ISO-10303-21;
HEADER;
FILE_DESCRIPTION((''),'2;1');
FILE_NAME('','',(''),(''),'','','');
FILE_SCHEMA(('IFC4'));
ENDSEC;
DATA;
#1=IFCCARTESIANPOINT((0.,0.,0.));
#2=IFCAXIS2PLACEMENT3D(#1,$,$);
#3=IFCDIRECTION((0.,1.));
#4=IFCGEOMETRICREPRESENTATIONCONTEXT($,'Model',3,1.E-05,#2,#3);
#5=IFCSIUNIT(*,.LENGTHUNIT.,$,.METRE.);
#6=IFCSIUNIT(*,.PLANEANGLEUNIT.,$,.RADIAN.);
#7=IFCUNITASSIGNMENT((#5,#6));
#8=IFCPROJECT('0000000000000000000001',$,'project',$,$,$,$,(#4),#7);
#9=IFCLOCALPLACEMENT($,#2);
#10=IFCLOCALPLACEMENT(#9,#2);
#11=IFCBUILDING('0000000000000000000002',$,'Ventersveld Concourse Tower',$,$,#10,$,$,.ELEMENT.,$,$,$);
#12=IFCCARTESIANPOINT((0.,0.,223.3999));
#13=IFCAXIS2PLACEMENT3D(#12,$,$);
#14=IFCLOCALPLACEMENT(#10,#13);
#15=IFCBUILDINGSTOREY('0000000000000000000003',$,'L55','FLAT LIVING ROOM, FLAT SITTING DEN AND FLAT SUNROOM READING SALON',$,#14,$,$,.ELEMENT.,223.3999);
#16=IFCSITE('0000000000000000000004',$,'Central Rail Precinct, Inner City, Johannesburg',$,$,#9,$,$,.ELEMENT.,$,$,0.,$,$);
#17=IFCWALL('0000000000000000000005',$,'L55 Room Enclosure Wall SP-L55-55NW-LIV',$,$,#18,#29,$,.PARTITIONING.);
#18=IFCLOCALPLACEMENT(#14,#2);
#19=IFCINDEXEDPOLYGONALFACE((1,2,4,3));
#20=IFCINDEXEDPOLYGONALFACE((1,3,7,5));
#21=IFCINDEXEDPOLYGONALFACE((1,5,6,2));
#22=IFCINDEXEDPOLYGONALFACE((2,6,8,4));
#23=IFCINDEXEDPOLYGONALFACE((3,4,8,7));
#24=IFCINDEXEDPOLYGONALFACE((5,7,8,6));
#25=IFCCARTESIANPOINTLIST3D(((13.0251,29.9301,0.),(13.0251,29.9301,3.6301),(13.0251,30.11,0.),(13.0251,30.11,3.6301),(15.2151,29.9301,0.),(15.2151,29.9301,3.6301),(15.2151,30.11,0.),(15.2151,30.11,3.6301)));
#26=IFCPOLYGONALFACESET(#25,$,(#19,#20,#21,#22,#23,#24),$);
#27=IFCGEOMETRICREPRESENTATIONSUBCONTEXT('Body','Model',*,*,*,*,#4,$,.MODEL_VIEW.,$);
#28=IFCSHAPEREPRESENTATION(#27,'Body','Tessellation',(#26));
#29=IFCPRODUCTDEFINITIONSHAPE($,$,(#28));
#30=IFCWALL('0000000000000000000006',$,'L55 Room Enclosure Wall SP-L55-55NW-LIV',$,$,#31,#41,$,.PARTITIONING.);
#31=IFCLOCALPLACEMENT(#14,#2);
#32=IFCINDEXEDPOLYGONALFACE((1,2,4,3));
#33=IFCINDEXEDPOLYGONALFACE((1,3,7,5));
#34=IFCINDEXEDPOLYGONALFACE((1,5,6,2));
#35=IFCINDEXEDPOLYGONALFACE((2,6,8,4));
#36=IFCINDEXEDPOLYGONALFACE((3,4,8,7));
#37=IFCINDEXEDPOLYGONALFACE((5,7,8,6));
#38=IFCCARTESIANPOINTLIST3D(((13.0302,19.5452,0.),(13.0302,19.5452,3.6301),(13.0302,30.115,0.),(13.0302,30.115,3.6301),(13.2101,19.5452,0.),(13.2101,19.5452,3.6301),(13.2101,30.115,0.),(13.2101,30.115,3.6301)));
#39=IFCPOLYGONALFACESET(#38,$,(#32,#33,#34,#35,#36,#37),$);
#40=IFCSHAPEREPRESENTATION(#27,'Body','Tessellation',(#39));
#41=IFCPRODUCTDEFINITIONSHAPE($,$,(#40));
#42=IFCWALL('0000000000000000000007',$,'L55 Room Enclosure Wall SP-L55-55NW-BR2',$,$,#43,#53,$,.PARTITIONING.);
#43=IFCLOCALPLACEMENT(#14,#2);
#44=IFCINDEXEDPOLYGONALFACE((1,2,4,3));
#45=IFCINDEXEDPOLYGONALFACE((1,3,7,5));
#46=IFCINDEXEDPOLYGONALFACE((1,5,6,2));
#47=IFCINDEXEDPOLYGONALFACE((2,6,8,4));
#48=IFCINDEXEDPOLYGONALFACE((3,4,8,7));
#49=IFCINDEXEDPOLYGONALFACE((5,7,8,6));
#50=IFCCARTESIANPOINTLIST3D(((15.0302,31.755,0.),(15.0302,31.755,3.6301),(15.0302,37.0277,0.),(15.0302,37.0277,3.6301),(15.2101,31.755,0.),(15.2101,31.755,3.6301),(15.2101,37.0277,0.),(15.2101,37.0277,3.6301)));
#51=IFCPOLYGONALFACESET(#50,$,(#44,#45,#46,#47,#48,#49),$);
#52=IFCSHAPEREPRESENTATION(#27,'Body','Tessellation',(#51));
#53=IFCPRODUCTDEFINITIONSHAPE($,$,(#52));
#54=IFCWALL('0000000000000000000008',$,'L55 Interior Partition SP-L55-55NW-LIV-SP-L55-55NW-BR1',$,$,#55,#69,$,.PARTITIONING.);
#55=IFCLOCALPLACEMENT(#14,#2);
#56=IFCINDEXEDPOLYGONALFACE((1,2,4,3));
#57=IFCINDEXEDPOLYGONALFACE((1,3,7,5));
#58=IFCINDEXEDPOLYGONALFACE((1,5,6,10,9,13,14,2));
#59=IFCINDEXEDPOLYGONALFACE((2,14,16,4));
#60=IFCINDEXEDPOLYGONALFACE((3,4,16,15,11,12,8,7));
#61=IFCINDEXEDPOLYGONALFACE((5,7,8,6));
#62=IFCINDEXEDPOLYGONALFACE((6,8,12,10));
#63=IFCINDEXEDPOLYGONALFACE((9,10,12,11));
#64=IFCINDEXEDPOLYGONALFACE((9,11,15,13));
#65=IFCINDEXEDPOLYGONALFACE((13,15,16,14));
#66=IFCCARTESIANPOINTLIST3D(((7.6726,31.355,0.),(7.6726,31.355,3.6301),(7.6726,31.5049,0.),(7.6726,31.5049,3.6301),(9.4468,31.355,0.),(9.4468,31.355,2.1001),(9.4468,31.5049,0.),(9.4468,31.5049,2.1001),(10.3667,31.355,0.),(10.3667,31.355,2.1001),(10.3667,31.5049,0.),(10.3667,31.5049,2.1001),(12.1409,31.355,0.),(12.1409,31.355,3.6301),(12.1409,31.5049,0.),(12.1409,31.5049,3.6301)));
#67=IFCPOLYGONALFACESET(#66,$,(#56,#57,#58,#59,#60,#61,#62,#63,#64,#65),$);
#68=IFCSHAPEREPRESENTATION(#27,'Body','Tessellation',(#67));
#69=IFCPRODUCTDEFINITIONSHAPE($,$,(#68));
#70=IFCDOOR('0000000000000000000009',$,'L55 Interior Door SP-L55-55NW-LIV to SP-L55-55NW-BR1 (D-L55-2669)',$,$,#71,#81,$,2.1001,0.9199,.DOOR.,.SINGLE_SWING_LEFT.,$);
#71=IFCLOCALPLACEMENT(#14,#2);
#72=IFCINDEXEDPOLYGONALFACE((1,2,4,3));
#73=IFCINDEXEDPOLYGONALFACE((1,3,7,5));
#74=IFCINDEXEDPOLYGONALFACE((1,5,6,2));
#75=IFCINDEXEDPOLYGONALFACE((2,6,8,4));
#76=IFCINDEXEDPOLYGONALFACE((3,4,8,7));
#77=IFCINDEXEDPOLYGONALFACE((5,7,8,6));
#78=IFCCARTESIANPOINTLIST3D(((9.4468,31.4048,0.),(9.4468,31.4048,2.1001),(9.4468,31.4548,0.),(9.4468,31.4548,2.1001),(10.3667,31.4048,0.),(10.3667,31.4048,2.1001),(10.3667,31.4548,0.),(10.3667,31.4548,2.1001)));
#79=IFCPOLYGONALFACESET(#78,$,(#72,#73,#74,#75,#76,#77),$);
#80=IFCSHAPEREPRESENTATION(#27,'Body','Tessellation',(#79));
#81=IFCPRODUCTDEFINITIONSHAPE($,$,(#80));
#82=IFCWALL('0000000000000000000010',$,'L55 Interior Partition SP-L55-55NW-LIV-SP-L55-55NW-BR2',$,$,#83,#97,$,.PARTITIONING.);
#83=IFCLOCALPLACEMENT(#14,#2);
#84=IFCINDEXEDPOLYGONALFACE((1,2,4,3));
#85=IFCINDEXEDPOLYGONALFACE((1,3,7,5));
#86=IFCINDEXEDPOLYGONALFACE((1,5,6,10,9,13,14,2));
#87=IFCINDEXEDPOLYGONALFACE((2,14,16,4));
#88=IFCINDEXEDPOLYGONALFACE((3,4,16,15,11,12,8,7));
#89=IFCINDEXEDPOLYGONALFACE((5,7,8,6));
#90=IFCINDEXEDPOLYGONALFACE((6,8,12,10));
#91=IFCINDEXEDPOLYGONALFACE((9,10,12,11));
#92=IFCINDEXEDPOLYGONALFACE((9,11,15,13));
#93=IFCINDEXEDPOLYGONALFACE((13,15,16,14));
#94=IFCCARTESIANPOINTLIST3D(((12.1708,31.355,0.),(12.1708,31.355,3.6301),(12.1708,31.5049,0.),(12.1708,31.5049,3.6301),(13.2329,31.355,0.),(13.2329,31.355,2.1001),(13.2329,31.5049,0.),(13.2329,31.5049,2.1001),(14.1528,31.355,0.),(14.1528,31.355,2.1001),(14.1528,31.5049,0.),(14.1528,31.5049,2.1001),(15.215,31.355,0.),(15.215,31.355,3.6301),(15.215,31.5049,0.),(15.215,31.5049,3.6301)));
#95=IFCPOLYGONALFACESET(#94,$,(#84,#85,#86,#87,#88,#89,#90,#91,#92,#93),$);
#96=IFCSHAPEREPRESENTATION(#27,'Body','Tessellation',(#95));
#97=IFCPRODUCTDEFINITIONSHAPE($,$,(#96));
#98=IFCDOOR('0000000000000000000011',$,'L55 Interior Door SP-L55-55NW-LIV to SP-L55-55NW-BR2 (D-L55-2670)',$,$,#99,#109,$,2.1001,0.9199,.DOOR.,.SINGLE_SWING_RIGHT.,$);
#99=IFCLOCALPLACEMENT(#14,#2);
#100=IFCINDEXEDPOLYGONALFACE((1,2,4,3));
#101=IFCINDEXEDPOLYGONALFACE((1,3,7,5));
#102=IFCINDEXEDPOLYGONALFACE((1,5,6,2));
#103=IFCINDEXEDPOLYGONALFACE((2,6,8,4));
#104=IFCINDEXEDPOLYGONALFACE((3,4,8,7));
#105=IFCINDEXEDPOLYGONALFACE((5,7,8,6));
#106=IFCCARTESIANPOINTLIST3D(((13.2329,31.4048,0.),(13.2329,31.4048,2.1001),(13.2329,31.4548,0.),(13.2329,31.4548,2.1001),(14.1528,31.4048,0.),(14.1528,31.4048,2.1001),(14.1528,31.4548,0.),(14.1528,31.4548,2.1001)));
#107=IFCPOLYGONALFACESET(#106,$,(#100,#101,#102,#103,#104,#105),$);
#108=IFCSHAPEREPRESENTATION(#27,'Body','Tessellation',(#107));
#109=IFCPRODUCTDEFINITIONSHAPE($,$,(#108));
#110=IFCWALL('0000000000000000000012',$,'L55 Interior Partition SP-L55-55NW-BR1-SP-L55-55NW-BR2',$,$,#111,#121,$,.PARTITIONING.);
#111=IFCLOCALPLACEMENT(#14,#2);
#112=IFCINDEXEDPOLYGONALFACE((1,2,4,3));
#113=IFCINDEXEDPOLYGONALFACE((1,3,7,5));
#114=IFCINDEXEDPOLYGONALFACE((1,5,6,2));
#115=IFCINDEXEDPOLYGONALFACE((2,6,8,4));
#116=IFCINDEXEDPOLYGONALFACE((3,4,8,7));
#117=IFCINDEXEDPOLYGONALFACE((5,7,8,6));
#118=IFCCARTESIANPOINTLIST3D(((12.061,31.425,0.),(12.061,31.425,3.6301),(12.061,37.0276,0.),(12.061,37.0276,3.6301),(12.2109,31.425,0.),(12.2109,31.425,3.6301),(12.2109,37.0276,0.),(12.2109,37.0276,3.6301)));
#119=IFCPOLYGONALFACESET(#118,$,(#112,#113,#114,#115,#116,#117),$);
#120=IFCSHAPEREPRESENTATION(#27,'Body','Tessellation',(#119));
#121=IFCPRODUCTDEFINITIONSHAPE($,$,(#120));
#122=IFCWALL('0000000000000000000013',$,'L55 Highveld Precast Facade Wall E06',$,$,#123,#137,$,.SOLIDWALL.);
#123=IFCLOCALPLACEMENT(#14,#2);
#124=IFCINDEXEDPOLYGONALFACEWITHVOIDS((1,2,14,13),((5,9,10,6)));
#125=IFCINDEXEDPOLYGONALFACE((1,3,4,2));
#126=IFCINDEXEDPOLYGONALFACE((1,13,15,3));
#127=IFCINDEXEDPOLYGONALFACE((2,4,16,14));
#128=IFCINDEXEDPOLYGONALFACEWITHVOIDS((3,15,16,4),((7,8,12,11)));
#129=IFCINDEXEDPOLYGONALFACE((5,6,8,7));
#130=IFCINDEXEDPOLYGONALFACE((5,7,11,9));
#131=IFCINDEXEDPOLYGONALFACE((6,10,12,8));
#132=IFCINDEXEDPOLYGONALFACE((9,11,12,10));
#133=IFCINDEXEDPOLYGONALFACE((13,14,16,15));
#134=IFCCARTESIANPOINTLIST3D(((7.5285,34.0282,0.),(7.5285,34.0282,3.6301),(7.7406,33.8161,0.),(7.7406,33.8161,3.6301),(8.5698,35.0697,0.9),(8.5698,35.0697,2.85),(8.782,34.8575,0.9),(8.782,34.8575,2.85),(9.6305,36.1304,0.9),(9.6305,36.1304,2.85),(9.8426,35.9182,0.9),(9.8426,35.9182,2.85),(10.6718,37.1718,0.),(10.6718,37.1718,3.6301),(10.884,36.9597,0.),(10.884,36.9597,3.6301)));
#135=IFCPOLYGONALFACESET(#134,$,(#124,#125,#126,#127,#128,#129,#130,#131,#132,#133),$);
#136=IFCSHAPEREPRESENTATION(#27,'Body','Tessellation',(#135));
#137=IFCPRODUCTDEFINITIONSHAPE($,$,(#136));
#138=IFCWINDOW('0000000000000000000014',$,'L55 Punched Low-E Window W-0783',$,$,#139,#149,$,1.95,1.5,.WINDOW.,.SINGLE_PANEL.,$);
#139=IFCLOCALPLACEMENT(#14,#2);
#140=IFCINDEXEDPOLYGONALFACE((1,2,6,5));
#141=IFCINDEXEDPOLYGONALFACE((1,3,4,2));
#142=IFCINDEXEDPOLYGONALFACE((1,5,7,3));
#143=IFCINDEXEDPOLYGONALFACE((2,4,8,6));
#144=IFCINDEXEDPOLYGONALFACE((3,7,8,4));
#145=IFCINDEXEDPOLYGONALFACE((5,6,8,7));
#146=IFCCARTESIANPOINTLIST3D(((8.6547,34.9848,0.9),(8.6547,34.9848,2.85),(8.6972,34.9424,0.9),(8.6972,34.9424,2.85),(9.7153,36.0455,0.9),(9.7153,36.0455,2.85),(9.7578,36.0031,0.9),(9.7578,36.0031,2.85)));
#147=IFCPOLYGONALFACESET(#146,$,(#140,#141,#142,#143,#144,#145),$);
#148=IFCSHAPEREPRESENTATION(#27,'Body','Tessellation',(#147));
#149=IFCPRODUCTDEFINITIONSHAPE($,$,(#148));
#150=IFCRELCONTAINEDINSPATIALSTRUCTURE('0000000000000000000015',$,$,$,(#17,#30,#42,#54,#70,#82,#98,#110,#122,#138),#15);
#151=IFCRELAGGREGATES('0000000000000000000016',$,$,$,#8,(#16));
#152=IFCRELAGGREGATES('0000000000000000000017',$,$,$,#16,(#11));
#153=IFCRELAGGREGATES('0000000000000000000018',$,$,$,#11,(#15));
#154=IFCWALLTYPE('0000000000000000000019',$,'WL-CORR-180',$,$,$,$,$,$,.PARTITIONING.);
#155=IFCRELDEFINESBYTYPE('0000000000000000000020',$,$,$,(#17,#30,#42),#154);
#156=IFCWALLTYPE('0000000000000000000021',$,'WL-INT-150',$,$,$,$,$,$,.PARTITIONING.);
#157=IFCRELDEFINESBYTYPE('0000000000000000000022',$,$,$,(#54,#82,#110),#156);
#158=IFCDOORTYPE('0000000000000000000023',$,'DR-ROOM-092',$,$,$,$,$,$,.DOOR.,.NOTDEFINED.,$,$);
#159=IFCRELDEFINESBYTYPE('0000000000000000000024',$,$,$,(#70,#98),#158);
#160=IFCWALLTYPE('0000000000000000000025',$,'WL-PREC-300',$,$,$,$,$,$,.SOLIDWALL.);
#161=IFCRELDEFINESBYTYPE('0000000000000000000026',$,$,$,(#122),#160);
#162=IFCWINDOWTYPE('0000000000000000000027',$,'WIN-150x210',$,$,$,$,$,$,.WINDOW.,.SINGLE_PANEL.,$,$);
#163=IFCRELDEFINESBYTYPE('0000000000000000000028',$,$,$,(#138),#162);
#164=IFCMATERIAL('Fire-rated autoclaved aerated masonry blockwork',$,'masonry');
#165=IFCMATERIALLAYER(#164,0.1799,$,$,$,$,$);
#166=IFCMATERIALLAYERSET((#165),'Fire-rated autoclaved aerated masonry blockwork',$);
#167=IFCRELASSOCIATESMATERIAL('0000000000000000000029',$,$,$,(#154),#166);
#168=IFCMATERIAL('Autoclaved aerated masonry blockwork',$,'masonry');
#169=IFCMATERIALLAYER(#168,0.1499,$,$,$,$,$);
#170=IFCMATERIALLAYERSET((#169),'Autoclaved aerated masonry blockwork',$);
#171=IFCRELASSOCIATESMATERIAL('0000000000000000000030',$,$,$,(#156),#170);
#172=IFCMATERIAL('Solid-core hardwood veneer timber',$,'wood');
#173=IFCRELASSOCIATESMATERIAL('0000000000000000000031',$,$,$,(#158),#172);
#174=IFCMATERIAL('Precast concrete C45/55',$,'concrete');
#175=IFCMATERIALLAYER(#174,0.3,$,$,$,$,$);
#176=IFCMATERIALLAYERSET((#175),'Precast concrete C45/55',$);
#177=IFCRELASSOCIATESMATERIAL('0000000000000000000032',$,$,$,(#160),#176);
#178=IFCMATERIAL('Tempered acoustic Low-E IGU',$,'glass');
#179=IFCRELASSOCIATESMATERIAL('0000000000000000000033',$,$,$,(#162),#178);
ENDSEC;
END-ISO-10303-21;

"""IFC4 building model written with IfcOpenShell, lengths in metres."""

from ifc_helpers import new_model, si_unit, direction, frame, frame_2d, origin, place, context, subcontext, project, spatial, rectangle, extrude, material, layer, layer_set, type_object, element, fill, save


model = new_model("IFC4")

# Units and contexts
model_context = context("Model", 3, precision=1e-05, world=origin(), true_north=direction((0.0, 1.0)))
body_context = subcontext(model_context, "Body", "Model", "MODEL_VIEW")
ifc_project = project(units=[si_unit("LENGTHUNIT", "METRE"), si_unit("PLANEANGLEUNIT", "RADIAN")], contexts=[model_context])

# Site, building, storey
site_placement = place(None, origin())
site = spatial("IfcSite", under=ifc_project, at=site_placement, Name="Central Rail Precinct, Inner City, Johannesburg", CompositionType="ELEMENT", RefElevation=0.0)
building_placement = place(site_placement, origin())
building = spatial("IfcBuilding", under=site, at=building_placement, Name="Ventersveld Concourse Tower", CompositionType="ELEMENT")
storey_placement = place(building_placement, frame((0.0, 0.0, 223.3999)))
storey = spatial("IfcBuildingStorey", under=building, at=storey_placement, Name="L55", Description="FLAT LIVING ROOM, FLAT SITTING DEN AND FLAT SUNROOM READING SALON", CompositionType="ELEMENT", Elevation=223.3999)

# Walls
ifc_material_1 = material(Name="Fire-rated autoclaved aerated masonry blockwork", Category="masonry")
ifc_layer_1 = layer(ifc_material_1, 0.1799)
ifc_layer_set_1 = layer_set([ifc_layer_1], Name="Fire-rated autoclaved aerated masonry blockwork")
wall_type_1 = type_object("IfcWallType", Name="WL-CORR-180", PredefinedType="PARTITIONING", material=ifc_layer_set_1)
wall_1_placement = place(storey_placement, frame((15.2151, 30.02, 0.0), z_axis=(0.0, 0.0, 1.0), x_axis=(-1.0, 0.0, 0.0)))
element("IfcWall", 1, at=wall_1_placement, inside=storey, type_object=wall_type_1, Name="L55 Room Enclosure Wall SP-L55-55NW-LIV", PredefinedType="PARTITIONING", context=body_context, shape_type="SweptSolid", body=[
    extrude(rectangle(XDim=2.1899, YDim=0.1799, at=frame_2d((1.095, 0.0))), origin(), (0.0, 0.0, 1.0), 3.6301),
])
wall_2_placement = place(storey_placement, frame((13.1201, 30.115, 0.0), z_axis=(0.0, 0.0, 1.0), x_axis=(0.0, -1.0, 0.0)))
element("IfcWall", 2, at=wall_2_placement, inside=storey, type_object=wall_type_1, Name="L55 Room Enclosure Wall SP-L55-55NW-LIV", PredefinedType="PARTITIONING", context=body_context, shape_type="SweptSolid", body=[
    extrude(rectangle(XDim=10.5698, YDim=0.1799, at=frame_2d((5.2849, 0.0))), origin(), (0.0, 0.0, 1.0), 3.6301),
])
wall_3_placement = place(storey_placement, frame((15.1201, 37.0276, 0.0), z_axis=(0.0, 0.0, 1.0), x_axis=(0.0, -1.0, 0.0)))
element("IfcWall", 3, at=wall_3_placement, inside=storey, type_object=wall_type_1, Name="L55 Room Enclosure Wall SP-L55-55NW-BR2", PredefinedType="PARTITIONING", context=body_context, shape_type="SweptSolid", body=[
    extrude(rectangle(XDim=5.2727, YDim=0.1799, at=frame_2d((2.6362, 0.0))), origin(), (0.0, 0.0, 1.0), 3.6301),
])

# Walls, openings, doors
ifc_material_2 = material(Name="Autoclaved aerated masonry blockwork", Category="masonry")
ifc_layer_2 = layer(ifc_material_2, 0.1499)
ifc_layer_set_2 = layer_set([ifc_layer_2], Name="Autoclaved aerated masonry blockwork")
wall_type_2 = type_object("IfcWallType", Name="WL-INT-150", PredefinedType="PARTITIONING", material=ifc_layer_set_2)
wall_4_placement = place(storey_placement, frame((7.6726, 31.4299, 0.0), z_axis=(0.0, 0.0, 1.0), x_axis=(1.0, 0.0, 0.0)))
wall_4 = element("IfcWall", 4, at=wall_4_placement, inside=storey, type_object=wall_type_2, Name="L55 Interior Partition SP-L55-55NW-LIV-SP-L55-55NW-BR1", PredefinedType="PARTITIONING", context=body_context, shape_type="SweptSolid", body=[
    extrude(rectangle(XDim=4.4683, YDim=0.1499, at=frame_2d((2.2341, 0.0))), origin(), (0.0, 0.0, 1.0), 3.6301),
])
opening_1_placement = place(wall_4_placement, frame((1.7742, 0.0, 0.0)))
opening_1 = element("IfcOpeningElement", 5, at=opening_1_placement, cuts=wall_4, PredefinedType="OPENING", context=body_context, shape_type="SweptSolid", body=[
    extrude(rectangle(XDim=0.9199, YDim=2.1001, at=frame_2d((0.46, 1.05))), frame((0.0, 0.085, 0.0), z_axis=(0.0, -1.0, 0.0), x_axis=(1.0, 0.0, 0.0)), (0.0, 0.0, 1.0), 0.1699),
])
ifc_material_3 = material(Name="Solid-core hardwood veneer timber", Category="wood")
door_type = type_object("IfcDoorType", Name="DR-ROOM-092", OperationType="NOTDEFINED", PredefinedType="DOOR", material=ifc_material_3)
door_1_placement = place(opening_1_placement, origin())
door_1 = element("IfcDoor", 6, at=door_1_placement, inside=storey, type_object=door_type, Name="L55 Interior Door SP-L55-55NW-LIV to SP-L55-55NW-BR1 (D-L55-2669)", OperationType="SINGLE_SWING_LEFT", OverallHeight=2.1001, OverallWidth=0.9199, PredefinedType="DOOR", context=body_context, shape_type="SweptSolid", body=[
    extrude(rectangle(XDim=0.9199, YDim=2.1001, at=frame_2d((0.46, 1.05))), frame((0.0, 0.0249, 0.0), z_axis=(0.0, -1.0, 0.0), x_axis=(1.0, 0.0, 0.0)), (0.0, 0.0, 1.0), 0.05),
])
fill(opening_1, door_1)
wall_5_placement = place(storey_placement, frame((12.1709, 31.4299, 0.0), z_axis=(0.0, 0.0, 1.0), x_axis=(1.0, 0.0, 0.0)))
wall_5 = element("IfcWall", 7, at=wall_5_placement, inside=storey, type_object=wall_type_2, Name="L55 Interior Partition SP-L55-55NW-LIV-SP-L55-55NW-BR2", PredefinedType="PARTITIONING", context=body_context, shape_type="SweptSolid", body=[
    extrude(rectangle(XDim=3.0442, YDim=0.1499, at=frame_2d((1.522, 0.0))), origin(), (0.0, 0.0, 1.0), 3.6301),
])
opening_2_placement = place(wall_5_placement, frame((1.062, 0.0, 0.0)))
opening_2 = element("IfcOpeningElement", 8, at=opening_2_placement, cuts=wall_5, PredefinedType="OPENING", context=body_context, shape_type="SweptSolid", body=[
    extrude(rectangle(XDim=0.9199, YDim=2.1001, at=frame_2d((0.46, 1.05))), frame((0.0, 0.085, 0.0), z_axis=(0.0, -1.0, 0.0), x_axis=(1.0, 0.0, 0.0)), (0.0, 0.0, 1.0), 0.1699),
])
door_2_placement = place(opening_2_placement, origin())
door_2 = element("IfcDoor", 9, at=door_2_placement, inside=storey, type_object=door_type, Name="L55 Interior Door SP-L55-55NW-LIV to SP-L55-55NW-BR2 (D-L55-2670)", OperationType="SINGLE_SWING_RIGHT", OverallHeight=2.1001, OverallWidth=0.9199, PredefinedType="DOOR", context=body_context, shape_type="SweptSolid", body=[
    extrude(rectangle(XDim=0.9199, YDim=2.1001, at=frame_2d((0.46, 1.05))), frame((0.0, 0.0249, 0.0), z_axis=(0.0, -1.0, 0.0), x_axis=(1.0, 0.0, 0.0)), (0.0, 0.0, 1.0), 0.05),
])
fill(opening_2, door_2)

# Wall
wall_6_placement = place(storey_placement, frame((12.136, 31.425, 0.0), z_axis=(0.0, 0.0, 1.0), x_axis=(0.0, 1.0, 0.0)))
element("IfcWall", 10, at=wall_6_placement, inside=storey, type_object=wall_type_2, Name="L55 Interior Partition SP-L55-55NW-BR1-SP-L55-55NW-BR2", PredefinedType="PARTITIONING", context=body_context, shape_type="SweptSolid", body=[
    extrude(rectangle(XDim=5.6025, YDim=0.1499, at=frame_2d((2.8013, 0.0))), origin(), (0.0, 0.0, 1.0), 3.6301),
])

# Wall, opening, window
ifc_material_4 = material(Name="Precast concrete C45/55", Category="concrete")
ifc_layer_3 = layer(ifc_material_4, 0.3)
ifc_layer_set_3 = layer_set([ifc_layer_3], Name="Precast concrete C45/55")
wall_type_3 = type_object("IfcWallType", Name="WL-PREC-300", PredefinedType="SOLIDWALL", material=ifc_layer_set_3)
wall_7_placement = place(storey_placement, frame((10.7778, 37.0657, 0.0), z_axis=(0.0, 0.0, 1.0), x_axis=(-0.707079, -0.707134, 0.0)))
wall_7 = element("IfcWall", 11, at=wall_7_placement, inside=storey, type_object=wall_type_3, Name="L55 Highveld Precast Facade Wall E06", PredefinedType="SOLIDWALL", context=body_context, shape_type="SweptSolid", body=[
    extrude(rectangle(XDim=4.4456, YDim=0.3, at=frame_2d((2.2227, 0.0))), origin(), (0.0, 0.0, 1.0), 3.6301),
])
opening_3_placement = place(wall_7_placement, frame((1.4727, 0.0, 0.8999)))
opening_3 = element("IfcOpeningElement", 12, at=opening_3_placement, cuts=wall_7, PredefinedType="OPENING", context=body_context, shape_type="SweptSolid", body=[
    extrude(rectangle(XDim=1.5, YDim=1.95, at=frame_2d((0.75, 0.9751))), frame((0.0, 0.1602, 0.0), z_axis=(0.0, -1.0, 0.0), x_axis=(1.0, 0.0, 0.0)), (0.0, 0.0, 1.0), 0.3201),
])
ifc_material_5 = material(Name="Tempered acoustic Low-E IGU", Category="glass")
window_type_1 = type_object("IfcWindowType", Name="WIN-150x210", PartitioningType="SINGLE_PANEL", PredefinedType="WINDOW", material=ifc_material_5)
window_1_placement = place(opening_3_placement, origin())
window_1 = element("IfcWindow", 13, at=window_1_placement, inside=storey, type_object=window_type_1, Name="L55 Punched Low-E Window W-0783", OverallHeight=1.95, OverallWidth=1.5, PartitioningType="SINGLE_PANEL", PredefinedType="WINDOW", context=body_context, shape_type="SweptSolid", body=[
    extrude(rectangle(XDim=1.5, YDim=1.95, at=frame_2d((0.75, 0.9751))), frame((0.0, 0.03, 0.0), z_axis=(0.0, -1.0, 0.0), x_axis=(1.0, 0.0, 0.0)), (0.0, 0.0, 1.0), 0.0601),
])
fill(opening_3, window_1)

save(model, "model.ifc")
